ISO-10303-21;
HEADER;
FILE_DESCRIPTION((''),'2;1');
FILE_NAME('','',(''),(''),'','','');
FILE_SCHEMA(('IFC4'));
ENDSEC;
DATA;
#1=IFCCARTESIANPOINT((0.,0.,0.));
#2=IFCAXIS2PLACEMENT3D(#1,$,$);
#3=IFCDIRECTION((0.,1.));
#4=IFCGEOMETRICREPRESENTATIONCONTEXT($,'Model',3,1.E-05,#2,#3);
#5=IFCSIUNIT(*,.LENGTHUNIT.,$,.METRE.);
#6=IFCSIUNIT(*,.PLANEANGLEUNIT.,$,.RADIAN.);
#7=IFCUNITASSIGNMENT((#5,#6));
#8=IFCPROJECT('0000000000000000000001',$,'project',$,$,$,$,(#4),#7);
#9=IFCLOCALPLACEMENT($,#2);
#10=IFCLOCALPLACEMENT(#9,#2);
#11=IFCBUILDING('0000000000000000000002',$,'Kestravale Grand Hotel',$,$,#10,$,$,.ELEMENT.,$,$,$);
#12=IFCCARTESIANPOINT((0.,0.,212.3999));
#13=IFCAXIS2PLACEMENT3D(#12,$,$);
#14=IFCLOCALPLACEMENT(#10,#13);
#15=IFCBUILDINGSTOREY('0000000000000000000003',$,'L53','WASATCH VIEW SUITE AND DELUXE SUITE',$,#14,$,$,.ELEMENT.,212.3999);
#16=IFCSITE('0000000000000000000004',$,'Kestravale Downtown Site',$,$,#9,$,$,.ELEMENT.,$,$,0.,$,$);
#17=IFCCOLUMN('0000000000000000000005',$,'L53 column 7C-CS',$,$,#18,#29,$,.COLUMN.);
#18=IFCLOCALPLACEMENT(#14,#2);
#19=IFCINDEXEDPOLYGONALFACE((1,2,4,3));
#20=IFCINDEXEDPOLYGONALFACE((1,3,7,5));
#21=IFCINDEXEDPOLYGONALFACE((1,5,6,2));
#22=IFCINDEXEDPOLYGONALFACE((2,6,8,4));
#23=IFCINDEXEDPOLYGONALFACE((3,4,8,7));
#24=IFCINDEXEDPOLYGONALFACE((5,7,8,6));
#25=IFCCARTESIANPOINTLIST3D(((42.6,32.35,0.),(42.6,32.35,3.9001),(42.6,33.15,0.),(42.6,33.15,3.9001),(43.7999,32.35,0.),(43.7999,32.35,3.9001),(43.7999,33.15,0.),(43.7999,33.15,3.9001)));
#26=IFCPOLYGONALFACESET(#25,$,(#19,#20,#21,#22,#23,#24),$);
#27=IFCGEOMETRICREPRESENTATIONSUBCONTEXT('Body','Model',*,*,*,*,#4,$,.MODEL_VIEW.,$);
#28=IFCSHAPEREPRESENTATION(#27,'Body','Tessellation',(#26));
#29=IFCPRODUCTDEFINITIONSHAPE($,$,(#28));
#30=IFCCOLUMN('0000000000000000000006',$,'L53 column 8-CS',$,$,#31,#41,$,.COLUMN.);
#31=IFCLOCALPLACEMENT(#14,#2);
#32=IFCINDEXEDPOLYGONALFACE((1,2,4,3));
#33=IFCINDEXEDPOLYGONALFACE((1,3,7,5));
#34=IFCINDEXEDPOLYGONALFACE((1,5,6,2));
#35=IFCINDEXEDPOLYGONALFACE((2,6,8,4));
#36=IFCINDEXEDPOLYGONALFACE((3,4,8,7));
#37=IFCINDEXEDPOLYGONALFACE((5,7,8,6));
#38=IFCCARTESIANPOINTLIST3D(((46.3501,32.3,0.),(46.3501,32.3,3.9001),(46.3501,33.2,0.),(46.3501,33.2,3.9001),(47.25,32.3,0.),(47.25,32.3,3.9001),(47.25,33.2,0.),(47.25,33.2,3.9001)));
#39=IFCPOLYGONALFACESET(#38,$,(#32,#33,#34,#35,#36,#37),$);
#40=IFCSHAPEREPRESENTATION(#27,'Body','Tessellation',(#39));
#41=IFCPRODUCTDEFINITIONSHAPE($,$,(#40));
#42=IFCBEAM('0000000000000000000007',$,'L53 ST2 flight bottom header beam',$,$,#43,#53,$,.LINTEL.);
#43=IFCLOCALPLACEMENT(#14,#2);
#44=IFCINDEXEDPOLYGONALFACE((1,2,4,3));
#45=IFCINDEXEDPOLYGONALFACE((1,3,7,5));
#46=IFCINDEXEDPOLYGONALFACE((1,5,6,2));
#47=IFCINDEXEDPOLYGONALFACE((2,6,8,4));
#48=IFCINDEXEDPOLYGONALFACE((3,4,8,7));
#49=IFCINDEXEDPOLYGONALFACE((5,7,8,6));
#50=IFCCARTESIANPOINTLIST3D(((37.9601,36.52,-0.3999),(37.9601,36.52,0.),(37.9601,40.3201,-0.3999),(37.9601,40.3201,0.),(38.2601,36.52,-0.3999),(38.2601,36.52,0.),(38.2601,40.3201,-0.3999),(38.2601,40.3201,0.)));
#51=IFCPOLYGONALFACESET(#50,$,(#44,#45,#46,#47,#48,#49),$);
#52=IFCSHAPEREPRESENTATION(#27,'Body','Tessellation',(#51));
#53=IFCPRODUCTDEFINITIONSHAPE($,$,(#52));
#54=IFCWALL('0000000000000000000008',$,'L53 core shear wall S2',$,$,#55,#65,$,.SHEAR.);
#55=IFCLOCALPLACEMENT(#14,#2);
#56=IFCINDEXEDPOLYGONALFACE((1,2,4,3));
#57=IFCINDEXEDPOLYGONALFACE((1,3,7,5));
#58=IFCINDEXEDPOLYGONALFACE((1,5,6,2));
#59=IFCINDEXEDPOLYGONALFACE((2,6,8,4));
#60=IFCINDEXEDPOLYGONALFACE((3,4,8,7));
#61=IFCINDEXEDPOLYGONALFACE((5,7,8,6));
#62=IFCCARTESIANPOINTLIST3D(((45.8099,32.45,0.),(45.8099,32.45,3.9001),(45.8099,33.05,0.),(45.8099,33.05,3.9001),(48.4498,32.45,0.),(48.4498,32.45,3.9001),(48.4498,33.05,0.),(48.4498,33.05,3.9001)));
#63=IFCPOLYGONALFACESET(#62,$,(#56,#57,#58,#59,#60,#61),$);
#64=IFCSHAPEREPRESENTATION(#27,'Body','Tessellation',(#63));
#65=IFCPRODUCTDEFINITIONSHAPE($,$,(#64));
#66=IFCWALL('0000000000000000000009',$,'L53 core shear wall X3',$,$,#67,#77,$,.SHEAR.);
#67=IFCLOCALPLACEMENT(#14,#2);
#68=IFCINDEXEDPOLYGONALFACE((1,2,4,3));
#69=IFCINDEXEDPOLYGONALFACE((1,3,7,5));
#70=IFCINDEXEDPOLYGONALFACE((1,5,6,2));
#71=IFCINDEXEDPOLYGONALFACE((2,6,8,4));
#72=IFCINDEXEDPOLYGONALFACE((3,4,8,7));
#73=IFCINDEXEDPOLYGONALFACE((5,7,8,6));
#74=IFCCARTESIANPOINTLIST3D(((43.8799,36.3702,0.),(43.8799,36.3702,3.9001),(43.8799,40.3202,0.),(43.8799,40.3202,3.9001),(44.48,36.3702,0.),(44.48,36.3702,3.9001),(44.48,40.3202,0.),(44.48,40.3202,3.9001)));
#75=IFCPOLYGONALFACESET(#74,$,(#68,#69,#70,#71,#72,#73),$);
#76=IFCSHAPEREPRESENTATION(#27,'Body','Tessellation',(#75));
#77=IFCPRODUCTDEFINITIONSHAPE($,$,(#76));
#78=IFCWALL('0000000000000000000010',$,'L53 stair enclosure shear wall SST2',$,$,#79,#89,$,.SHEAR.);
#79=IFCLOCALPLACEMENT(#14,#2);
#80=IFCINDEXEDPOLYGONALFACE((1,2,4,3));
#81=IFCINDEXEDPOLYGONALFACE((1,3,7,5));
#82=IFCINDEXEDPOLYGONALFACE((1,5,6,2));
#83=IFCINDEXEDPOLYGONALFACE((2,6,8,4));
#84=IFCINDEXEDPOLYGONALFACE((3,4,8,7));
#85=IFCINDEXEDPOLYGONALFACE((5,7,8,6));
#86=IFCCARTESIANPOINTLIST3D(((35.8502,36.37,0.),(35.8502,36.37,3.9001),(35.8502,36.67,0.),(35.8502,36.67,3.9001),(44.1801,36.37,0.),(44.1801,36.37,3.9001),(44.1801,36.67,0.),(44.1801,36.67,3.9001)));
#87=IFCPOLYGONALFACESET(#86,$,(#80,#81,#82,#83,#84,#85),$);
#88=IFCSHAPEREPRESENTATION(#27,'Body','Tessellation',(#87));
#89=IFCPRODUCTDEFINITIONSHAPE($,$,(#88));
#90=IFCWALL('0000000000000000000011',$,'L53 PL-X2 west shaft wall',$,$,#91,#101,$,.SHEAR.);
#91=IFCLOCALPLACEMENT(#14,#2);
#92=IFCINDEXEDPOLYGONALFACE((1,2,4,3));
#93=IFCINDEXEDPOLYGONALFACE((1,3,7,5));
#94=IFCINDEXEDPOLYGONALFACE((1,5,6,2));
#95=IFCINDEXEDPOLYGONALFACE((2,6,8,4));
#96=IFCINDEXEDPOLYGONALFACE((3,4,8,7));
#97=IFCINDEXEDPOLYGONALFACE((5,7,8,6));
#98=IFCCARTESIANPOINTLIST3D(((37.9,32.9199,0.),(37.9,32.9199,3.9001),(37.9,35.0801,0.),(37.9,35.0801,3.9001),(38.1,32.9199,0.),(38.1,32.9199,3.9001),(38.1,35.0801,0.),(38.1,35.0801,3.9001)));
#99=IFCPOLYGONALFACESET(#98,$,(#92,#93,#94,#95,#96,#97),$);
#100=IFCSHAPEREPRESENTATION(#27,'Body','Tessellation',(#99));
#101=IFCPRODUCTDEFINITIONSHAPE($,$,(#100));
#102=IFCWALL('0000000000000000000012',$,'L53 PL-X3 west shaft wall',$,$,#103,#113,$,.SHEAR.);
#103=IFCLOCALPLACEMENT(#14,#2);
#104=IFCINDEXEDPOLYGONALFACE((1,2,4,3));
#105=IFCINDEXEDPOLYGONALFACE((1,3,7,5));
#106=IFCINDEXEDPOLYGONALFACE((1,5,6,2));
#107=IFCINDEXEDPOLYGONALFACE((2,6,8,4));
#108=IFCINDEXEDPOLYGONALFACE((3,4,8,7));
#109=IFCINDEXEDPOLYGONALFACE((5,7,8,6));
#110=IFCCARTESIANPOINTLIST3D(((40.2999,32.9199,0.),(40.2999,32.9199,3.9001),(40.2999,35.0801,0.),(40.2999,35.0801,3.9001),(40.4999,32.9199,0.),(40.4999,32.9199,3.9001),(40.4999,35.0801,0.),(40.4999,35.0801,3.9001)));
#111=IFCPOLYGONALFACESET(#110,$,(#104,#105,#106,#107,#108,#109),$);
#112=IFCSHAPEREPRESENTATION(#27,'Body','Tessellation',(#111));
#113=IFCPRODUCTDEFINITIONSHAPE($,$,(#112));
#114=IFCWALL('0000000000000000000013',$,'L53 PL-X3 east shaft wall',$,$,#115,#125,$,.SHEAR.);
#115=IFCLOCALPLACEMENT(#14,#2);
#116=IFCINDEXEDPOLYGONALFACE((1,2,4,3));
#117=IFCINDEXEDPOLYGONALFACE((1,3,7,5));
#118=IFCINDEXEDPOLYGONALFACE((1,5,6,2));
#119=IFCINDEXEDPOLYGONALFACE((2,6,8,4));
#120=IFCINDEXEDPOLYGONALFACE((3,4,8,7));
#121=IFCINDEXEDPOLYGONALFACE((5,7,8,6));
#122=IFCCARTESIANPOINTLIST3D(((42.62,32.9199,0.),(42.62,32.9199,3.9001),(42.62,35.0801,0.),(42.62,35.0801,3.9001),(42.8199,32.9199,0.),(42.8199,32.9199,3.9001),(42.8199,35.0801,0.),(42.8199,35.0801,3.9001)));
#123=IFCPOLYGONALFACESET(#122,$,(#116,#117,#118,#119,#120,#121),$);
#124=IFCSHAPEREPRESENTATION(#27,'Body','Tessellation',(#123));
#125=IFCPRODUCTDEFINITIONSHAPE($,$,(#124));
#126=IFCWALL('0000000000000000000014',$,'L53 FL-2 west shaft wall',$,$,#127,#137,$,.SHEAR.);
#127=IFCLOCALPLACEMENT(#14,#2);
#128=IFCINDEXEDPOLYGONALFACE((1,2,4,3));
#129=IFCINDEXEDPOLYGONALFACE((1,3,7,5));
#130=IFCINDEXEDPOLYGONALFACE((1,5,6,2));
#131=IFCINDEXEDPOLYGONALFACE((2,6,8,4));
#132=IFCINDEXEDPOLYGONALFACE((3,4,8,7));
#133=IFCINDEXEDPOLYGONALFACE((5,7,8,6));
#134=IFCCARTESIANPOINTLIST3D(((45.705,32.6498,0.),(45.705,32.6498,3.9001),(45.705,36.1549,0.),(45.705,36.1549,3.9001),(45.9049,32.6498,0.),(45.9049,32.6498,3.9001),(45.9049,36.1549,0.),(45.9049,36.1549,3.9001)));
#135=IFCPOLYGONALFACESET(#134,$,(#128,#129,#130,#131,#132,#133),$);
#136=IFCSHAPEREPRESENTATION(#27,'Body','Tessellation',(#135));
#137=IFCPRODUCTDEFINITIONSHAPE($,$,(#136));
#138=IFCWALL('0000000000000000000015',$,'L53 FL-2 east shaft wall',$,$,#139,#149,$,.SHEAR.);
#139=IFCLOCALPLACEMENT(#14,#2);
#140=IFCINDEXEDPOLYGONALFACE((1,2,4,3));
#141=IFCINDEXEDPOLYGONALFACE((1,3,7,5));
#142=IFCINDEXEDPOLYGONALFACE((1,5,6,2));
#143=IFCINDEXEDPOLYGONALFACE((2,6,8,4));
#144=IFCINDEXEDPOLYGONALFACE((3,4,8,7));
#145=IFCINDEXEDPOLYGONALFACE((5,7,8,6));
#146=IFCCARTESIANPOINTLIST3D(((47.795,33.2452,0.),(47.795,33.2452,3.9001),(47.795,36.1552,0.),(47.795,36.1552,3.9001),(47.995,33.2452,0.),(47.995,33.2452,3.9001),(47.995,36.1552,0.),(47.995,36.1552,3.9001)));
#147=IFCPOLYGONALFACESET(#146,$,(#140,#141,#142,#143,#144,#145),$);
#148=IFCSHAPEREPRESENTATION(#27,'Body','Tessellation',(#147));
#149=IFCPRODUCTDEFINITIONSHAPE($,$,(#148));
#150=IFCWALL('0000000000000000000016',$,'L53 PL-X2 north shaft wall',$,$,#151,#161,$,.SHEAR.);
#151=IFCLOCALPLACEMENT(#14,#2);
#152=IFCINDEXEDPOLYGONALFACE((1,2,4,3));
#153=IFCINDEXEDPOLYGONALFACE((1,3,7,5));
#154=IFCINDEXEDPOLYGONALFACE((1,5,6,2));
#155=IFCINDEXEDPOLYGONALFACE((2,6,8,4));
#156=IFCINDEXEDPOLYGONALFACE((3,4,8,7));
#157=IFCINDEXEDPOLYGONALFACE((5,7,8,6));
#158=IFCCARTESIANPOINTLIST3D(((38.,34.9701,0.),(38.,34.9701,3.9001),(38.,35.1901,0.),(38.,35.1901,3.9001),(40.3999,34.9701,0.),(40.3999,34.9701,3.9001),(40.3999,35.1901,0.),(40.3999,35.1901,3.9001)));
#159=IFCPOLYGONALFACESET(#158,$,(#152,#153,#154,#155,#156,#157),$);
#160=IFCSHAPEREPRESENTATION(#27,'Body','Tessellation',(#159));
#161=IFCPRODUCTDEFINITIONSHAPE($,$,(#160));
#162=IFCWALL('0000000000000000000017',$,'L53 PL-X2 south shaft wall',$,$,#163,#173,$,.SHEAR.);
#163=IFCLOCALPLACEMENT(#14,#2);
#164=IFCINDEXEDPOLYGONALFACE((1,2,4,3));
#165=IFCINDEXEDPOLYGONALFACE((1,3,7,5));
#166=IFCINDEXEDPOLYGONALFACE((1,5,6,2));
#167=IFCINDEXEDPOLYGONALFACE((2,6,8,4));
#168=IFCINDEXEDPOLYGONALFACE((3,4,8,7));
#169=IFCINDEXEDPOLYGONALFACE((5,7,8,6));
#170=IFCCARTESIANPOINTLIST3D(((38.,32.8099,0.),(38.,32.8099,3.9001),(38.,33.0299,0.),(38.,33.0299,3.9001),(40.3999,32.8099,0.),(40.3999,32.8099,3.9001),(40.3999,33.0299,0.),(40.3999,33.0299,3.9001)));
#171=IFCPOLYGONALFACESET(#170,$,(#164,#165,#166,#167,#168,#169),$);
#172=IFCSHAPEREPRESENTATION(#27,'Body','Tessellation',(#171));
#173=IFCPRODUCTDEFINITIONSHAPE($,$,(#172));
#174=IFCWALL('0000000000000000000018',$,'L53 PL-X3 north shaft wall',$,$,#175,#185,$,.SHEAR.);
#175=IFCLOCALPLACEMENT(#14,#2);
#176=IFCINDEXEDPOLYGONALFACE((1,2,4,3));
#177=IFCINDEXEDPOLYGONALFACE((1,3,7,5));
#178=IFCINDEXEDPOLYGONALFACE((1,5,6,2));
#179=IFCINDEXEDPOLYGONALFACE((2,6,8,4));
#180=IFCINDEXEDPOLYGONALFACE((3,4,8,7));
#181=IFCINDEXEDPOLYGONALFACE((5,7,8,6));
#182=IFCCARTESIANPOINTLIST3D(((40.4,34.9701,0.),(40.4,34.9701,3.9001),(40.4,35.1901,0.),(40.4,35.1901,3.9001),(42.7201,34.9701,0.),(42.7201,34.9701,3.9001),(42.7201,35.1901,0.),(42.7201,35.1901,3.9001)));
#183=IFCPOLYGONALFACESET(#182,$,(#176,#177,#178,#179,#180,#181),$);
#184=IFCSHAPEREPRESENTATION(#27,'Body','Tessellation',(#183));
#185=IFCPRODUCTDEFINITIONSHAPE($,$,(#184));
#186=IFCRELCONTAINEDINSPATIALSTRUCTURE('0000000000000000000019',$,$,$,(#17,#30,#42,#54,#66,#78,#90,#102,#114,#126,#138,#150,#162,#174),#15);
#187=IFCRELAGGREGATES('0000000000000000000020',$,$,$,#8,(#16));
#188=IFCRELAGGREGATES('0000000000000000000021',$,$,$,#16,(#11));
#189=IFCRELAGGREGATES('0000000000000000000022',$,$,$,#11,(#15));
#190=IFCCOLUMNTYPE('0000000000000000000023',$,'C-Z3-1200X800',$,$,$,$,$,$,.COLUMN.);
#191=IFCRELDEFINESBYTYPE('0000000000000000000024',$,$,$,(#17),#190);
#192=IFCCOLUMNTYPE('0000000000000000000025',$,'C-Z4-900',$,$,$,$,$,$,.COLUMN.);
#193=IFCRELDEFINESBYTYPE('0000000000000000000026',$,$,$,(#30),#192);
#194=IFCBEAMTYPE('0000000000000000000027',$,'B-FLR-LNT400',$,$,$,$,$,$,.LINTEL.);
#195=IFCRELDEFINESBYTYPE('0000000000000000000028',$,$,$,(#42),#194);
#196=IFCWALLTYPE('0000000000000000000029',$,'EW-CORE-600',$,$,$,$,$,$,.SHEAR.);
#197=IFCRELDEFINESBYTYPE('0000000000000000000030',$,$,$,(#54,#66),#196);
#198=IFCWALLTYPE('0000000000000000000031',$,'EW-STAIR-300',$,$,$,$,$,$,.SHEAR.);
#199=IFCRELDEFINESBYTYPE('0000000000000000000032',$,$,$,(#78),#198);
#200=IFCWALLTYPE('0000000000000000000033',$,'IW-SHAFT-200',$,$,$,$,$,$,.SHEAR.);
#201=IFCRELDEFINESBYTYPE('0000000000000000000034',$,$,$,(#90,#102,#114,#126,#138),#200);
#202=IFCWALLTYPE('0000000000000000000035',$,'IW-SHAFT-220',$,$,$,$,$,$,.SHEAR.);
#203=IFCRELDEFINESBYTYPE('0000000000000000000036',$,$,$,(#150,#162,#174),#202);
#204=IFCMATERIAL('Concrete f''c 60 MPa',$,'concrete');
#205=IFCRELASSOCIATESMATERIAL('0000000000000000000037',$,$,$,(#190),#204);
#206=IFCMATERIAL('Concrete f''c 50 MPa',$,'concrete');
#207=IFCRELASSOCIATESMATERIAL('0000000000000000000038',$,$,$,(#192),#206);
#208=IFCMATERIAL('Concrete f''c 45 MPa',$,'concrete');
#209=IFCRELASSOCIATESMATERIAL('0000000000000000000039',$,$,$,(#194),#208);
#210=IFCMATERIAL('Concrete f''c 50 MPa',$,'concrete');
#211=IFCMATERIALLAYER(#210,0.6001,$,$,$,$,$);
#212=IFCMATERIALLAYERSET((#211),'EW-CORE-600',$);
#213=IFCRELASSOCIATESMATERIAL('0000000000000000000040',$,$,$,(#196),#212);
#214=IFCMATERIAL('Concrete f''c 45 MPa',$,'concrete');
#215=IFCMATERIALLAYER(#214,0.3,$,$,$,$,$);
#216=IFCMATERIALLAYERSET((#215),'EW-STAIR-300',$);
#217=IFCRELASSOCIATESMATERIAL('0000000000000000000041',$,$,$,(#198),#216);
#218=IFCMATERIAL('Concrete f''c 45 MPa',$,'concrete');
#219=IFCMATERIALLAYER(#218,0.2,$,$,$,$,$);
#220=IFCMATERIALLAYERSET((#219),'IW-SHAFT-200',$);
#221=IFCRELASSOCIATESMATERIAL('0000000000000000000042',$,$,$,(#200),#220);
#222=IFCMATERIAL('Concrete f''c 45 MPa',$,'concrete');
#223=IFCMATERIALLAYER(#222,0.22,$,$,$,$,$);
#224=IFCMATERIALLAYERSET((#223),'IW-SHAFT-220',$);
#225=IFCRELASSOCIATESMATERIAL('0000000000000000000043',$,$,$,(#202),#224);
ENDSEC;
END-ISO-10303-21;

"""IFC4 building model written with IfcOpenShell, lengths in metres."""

from ifc_helpers import new_model, si_unit, direction, frame, frame_2d, origin, origin_2d, place, context, subcontext, project, spatial, rectangle, extrude, material, layer, layer_set, material_profile, profile_set, type_object, element, save


model = new_model("IFC4")

# Units and contexts
model_context = context("Model", 3, precision=1e-05, world=origin(), true_north=direction((0.0, 1.0)))
body_context = subcontext(model_context, "Body", "Model", "MODEL_VIEW")
ifc_project = project(units=[si_unit("LENGTHUNIT", "METRE"), si_unit("PLANEANGLEUNIT", "RADIAN")], contexts=[model_context])

# Site, building, storey
site_placement = place(None, origin())
site = spatial("IfcSite", under=ifc_project, at=site_placement, Name="Kestravale Downtown Site", CompositionType="ELEMENT", RefElevation=0.0)
building_placement = place(site_placement, origin())
building = spatial("IfcBuilding", under=site, at=building_placement, Name="Kestravale Grand Hotel", CompositionType="ELEMENT")
storey_placement = place(building_placement, frame((0.0, 0.0, 212.3999)))
storey = spatial("IfcBuildingStorey", under=building, at=storey_placement, Name="L53", Description="WASATCH VIEW SUITE AND DELUXE SUITE", CompositionType="ELEMENT", Elevation=212.3999)

# Columns
ifc_material_1 = material(Name="Concrete f'c 60 MPa", Category="concrete")
ifc_material_profile_1 = material_profile(ifc_material_1, rectangle(XDim=1.2, YDim=0.8, at=origin_2d()))
ifc_profile_set_1 = profile_set([ifc_material_profile_1], Name="Concrete f'c 60 MPa")
column_type_1 = type_object("IfcColumnType", Name="C-Z3-1200X800", PredefinedType="COLUMN", material=ifc_profile_set_1)
column_1_placement = place(storey_placement, frame((43.2, 32.75, 0.0), z_axis=(0.0, 0.0, 1.0), x_axis=(1.0, 0.0, 0.0)))
element("IfcColumn", 1, at=column_1_placement, inside=storey, type_object=column_type_1, Name="L53 column 7C-CS", PredefinedType="COLUMN", context=body_context, shape_type="SweptSolid", body=[
    extrude(rectangle(XDim=1.2, YDim=0.8, at=origin_2d()), origin(), (0.0, 0.0, 1.0), 3.9001),
])
ifc_material_2 = material(Name="Concrete f'c 50 MPa", Category="concrete")
ifc_material_profile_2 = material_profile(ifc_material_2, rectangle(XDim=0.8999, YDim=0.8999, at=origin_2d()))
ifc_profile_set_2 = profile_set([ifc_material_profile_2], Name="Concrete f'c 50 MPa")
column_type_2 = type_object("IfcColumnType", Name="C-Z4-900", PredefinedType="COLUMN", material=ifc_profile_set_2)
column_2_placement = place(storey_placement, frame((46.8, 32.75, 0.0), z_axis=(0.0, 0.0, 1.0), x_axis=(1.0, 0.0, 0.0)))
element("IfcColumn", 2, at=column_2_placement, inside=storey, type_object=column_type_2, Name="L53 column 8-CS", PredefinedType="COLUMN", context=body_context, shape_type="SweptSolid", body=[
    extrude(rectangle(XDim=0.8999, YDim=0.8999, at=origin_2d()), origin(), (0.0, 0.0, 1.0), 3.9001),
])

# Beam
ifc_material_3 = material(Name="Concrete f'c 45 MPa", Category="concrete")
ifc_material_profile_3 = material_profile(ifc_material_3, rectangle(XDim=0.3, YDim=0.3999, at=origin_2d()))
ifc_profile_set_3 = profile_set([ifc_material_profile_3], Name="Concrete f'c 45 MPa")
beam_type = type_object("IfcBeamType", Name="B-FLR-LNT400", PredefinedType="LINTEL", material=ifc_profile_set_3)
beam_placement = place(storey_placement, frame((38.1101, 36.52, -0.2), z_axis=(0.0, 1.0, 0.0), x_axis=(-1.0, 0.0, 0.0)))
element("IfcBeam", 3, at=beam_placement, inside=storey, type_object=beam_type, Name="L53 ST2 flight bottom header beam", PredefinedType="LINTEL", context=body_context, shape_type="SweptSolid", body=[
    extrude(rectangle(XDim=0.3, YDim=0.3999, at=origin_2d()), origin(), (0.0, 0.0, 1.0), 3.8),
])

# Walls
ifc_material_4 = material(Name="Concrete f'c 50 MPa", Category="concrete")
ifc_layer_1 = layer(ifc_material_4, 0.6001)
ifc_layer_set_1 = layer_set([ifc_layer_1], Name="EW-CORE-600")
wall_type_1 = type_object("IfcWallType", Name="EW-CORE-600", PredefinedType="SHEAR", material=ifc_layer_set_1)
wall_1_placement = place(storey_placement, frame((45.8101, 32.75, 0.0), z_axis=(0.0, 0.0, 1.0), x_axis=(1.0, 0.0, 0.0)))
element("IfcWall", 4, at=wall_1_placement, inside=storey, type_object=wall_type_1, Name="L53 core shear wall S2", PredefinedType="SHEAR", context=body_context, shape_type="SweptSolid", body=[
    extrude(rectangle(XDim=2.6399, YDim=0.6001, at=frame_2d((1.3198, 0.0))), origin(), (0.0, 0.0, 1.0), 3.9001),
])
wall_2_placement = place(storey_placement, frame((44.1799, 36.3701, 0.0), z_axis=(0.0, 0.0, 1.0), x_axis=(0.0, 1.0, 0.0)))
element("IfcWall", 5, at=wall_2_placement, inside=storey, type_object=wall_type_1, Name="L53 core shear wall X3", PredefinedType="SHEAR", context=body_context, shape_type="SweptSolid", body=[
    extrude(rectangle(XDim=3.95, YDim=0.6001, at=frame_2d((1.9751, 0.0))), origin(), (0.0, 0.0, 1.0), 3.9001),
])

# Wall
ifc_material_5 = material(Name="Concrete f'c 45 MPa", Category="concrete")
ifc_layer_2 = layer(ifc_material_5, 0.3)
ifc_layer_set_2 = layer_set([ifc_layer_2], Name="EW-STAIR-300")
wall_type_2 = type_object("IfcWallType", Name="EW-STAIR-300", PredefinedType="SHEAR", material=ifc_layer_set_2)
wall_3_placement = place(storey_placement, frame((35.8501, 36.52, 0.0), z_axis=(0.0, 0.0, 1.0), x_axis=(1.0, 0.0, 0.0)))
element("IfcWall", 6, at=wall_3_placement, inside=storey, type_object=wall_type_2, Name="L53 stair enclosure shear wall SST2", PredefinedType="SHEAR", context=body_context, shape_type="SweptSolid", body=[
    extrude(rectangle(XDim=8.3298, YDim=0.3, at=frame_2d((4.165, 0.0))), origin(), (0.0, 0.0, 1.0), 3.9001),
])

# Walls
ifc_material_6 = material(Name="Concrete f'c 45 MPa", Category="concrete")
ifc_layer_3 = layer(ifc_material_6, 0.2)
ifc_layer_set_3 = layer_set([ifc_layer_3], Name="IW-SHAFT-200")
wall_type_3 = type_object("IfcWallType", Name="IW-SHAFT-200", PredefinedType="SHEAR", material=ifc_layer_set_3)
for number, where, z_axis, x_axis, name in (
    (7, (38.0, 32.9199, 0.0), (0.0, 0.0, 1.0), (0.0, 1.0, 0.0), "L53 PL-X2 west shaft wall"),
    (8, (40.3999, 32.9199, 0.0), (0.0, 0.0, 1.0), (0.0, 1.0, 0.0), "L53 PL-X3 west shaft wall"),
    (9, (42.72, 32.9199, 0.0), (0.0, 0.0, 1.0), (0.0, 1.0, 0.0), "L53 PL-X3 east shaft wall"),
):
    element("IfcWall", number, at=place(storey_placement, frame(where, z_axis=z_axis, x_axis=x_axis)), inside=storey, type_object=wall_type_3, Name=name, PredefinedType="SHEAR", context=body_context, shape_type="SweptSolid", body=[
        extrude(rectangle(XDim=2.1602, YDim=0.2, at=frame_2d((1.0801, 0.0))), origin(), (0.0, 0.0, 1.0), 3.9001),
    ])
wall_4_placement = place(storey_placement, frame((45.8049, 32.6499, 0.0), z_axis=(0.0, 0.0, 1.0), x_axis=(0.0, 1.0, 0.0)))
element("IfcWall", 10, at=wall_4_placement, inside=storey, type_object=wall_type_3, Name="L53 FL-2 west shaft wall", PredefinedType="SHEAR", context=body_context, shape_type="SweptSolid", body=[
    extrude(rectangle(XDim=3.5051, YDim=0.2, at=frame_2d((1.7524, 0.0))), origin(), (0.0, 0.0, 1.0), 3.9001),
])
wall_5_placement = place(storey_placement, frame((47.895, 33.2451, 0.0), z_axis=(0.0, 0.0, 1.0), x_axis=(0.0, 1.0, 0.0)))
element("IfcWall", 11, at=wall_5_placement, inside=storey, type_object=wall_type_3, Name="L53 FL-2 east shaft wall", PredefinedType="SHEAR", context=body_context, shape_type="SweptSolid", body=[
    extrude(rectangle(XDim=2.9099, YDim=0.2, at=frame_2d((1.4551, 0.0))), origin(), (0.0, 0.0, 1.0), 3.9001),
])
ifc_material_7 = material(Name="Concrete f'c 45 MPa", Category="concrete")
ifc_layer_4 = layer(ifc_material_7, 0.22)
ifc_layer_set_4 = layer_set([ifc_layer_4], Name="IW-SHAFT-220")
wall_type_4 = type_object("IfcWallType", Name="IW-SHAFT-220", PredefinedType="SHEAR", material=ifc_layer_set_4)
for number, where, z_axis, x_axis, name in (
    (12, (38.0, 35.0801, 0.0), (0.0, 0.0, 1.0), (1.0, 0.0, 0.0), "L53 PL-X2 north shaft wall"),
    (13, (38.0, 32.9199, 0.0), (0.0, 0.0, 1.0), (1.0, 0.0, 0.0), "L53 PL-X2 south shaft wall"),
):
    element("IfcWall", number, at=place(storey_placement, frame(where, z_axis=z_axis, x_axis=x_axis)), inside=storey, type_object=wall_type_4, Name=name, PredefinedType="SHEAR", context=body_context, shape_type="SweptSolid", body=[
        extrude(rectangle(XDim=2.3999, YDim=0.22, at=frame_2d((1.2, 0.0))), origin(), (0.0, 0.0, 1.0), 3.9001),
    ])
for number, where, z_axis, x_axis, name in (
    (14, (40.3999, 35.0801, 0.0), (0.0, 0.0, 1.0), (1.0, 0.0, 0.0), "L53 PL-X3 north shaft wall"),
):
    element("IfcWall", number, at=place(storey_placement, frame(where, z_axis=z_axis, x_axis=x_axis)), inside=storey, type_object=wall_type_4, Name=name, PredefinedType="SHEAR", context=body_context, shape_type="SweptSolid", body=[
        extrude(rectangle(XDim=2.3201, YDim=0.22, at=frame_2d((1.1602, 0.0))), origin(), (0.0, 0.0, 1.0), 3.9001),
    ])

save(model, "model.ifc")
